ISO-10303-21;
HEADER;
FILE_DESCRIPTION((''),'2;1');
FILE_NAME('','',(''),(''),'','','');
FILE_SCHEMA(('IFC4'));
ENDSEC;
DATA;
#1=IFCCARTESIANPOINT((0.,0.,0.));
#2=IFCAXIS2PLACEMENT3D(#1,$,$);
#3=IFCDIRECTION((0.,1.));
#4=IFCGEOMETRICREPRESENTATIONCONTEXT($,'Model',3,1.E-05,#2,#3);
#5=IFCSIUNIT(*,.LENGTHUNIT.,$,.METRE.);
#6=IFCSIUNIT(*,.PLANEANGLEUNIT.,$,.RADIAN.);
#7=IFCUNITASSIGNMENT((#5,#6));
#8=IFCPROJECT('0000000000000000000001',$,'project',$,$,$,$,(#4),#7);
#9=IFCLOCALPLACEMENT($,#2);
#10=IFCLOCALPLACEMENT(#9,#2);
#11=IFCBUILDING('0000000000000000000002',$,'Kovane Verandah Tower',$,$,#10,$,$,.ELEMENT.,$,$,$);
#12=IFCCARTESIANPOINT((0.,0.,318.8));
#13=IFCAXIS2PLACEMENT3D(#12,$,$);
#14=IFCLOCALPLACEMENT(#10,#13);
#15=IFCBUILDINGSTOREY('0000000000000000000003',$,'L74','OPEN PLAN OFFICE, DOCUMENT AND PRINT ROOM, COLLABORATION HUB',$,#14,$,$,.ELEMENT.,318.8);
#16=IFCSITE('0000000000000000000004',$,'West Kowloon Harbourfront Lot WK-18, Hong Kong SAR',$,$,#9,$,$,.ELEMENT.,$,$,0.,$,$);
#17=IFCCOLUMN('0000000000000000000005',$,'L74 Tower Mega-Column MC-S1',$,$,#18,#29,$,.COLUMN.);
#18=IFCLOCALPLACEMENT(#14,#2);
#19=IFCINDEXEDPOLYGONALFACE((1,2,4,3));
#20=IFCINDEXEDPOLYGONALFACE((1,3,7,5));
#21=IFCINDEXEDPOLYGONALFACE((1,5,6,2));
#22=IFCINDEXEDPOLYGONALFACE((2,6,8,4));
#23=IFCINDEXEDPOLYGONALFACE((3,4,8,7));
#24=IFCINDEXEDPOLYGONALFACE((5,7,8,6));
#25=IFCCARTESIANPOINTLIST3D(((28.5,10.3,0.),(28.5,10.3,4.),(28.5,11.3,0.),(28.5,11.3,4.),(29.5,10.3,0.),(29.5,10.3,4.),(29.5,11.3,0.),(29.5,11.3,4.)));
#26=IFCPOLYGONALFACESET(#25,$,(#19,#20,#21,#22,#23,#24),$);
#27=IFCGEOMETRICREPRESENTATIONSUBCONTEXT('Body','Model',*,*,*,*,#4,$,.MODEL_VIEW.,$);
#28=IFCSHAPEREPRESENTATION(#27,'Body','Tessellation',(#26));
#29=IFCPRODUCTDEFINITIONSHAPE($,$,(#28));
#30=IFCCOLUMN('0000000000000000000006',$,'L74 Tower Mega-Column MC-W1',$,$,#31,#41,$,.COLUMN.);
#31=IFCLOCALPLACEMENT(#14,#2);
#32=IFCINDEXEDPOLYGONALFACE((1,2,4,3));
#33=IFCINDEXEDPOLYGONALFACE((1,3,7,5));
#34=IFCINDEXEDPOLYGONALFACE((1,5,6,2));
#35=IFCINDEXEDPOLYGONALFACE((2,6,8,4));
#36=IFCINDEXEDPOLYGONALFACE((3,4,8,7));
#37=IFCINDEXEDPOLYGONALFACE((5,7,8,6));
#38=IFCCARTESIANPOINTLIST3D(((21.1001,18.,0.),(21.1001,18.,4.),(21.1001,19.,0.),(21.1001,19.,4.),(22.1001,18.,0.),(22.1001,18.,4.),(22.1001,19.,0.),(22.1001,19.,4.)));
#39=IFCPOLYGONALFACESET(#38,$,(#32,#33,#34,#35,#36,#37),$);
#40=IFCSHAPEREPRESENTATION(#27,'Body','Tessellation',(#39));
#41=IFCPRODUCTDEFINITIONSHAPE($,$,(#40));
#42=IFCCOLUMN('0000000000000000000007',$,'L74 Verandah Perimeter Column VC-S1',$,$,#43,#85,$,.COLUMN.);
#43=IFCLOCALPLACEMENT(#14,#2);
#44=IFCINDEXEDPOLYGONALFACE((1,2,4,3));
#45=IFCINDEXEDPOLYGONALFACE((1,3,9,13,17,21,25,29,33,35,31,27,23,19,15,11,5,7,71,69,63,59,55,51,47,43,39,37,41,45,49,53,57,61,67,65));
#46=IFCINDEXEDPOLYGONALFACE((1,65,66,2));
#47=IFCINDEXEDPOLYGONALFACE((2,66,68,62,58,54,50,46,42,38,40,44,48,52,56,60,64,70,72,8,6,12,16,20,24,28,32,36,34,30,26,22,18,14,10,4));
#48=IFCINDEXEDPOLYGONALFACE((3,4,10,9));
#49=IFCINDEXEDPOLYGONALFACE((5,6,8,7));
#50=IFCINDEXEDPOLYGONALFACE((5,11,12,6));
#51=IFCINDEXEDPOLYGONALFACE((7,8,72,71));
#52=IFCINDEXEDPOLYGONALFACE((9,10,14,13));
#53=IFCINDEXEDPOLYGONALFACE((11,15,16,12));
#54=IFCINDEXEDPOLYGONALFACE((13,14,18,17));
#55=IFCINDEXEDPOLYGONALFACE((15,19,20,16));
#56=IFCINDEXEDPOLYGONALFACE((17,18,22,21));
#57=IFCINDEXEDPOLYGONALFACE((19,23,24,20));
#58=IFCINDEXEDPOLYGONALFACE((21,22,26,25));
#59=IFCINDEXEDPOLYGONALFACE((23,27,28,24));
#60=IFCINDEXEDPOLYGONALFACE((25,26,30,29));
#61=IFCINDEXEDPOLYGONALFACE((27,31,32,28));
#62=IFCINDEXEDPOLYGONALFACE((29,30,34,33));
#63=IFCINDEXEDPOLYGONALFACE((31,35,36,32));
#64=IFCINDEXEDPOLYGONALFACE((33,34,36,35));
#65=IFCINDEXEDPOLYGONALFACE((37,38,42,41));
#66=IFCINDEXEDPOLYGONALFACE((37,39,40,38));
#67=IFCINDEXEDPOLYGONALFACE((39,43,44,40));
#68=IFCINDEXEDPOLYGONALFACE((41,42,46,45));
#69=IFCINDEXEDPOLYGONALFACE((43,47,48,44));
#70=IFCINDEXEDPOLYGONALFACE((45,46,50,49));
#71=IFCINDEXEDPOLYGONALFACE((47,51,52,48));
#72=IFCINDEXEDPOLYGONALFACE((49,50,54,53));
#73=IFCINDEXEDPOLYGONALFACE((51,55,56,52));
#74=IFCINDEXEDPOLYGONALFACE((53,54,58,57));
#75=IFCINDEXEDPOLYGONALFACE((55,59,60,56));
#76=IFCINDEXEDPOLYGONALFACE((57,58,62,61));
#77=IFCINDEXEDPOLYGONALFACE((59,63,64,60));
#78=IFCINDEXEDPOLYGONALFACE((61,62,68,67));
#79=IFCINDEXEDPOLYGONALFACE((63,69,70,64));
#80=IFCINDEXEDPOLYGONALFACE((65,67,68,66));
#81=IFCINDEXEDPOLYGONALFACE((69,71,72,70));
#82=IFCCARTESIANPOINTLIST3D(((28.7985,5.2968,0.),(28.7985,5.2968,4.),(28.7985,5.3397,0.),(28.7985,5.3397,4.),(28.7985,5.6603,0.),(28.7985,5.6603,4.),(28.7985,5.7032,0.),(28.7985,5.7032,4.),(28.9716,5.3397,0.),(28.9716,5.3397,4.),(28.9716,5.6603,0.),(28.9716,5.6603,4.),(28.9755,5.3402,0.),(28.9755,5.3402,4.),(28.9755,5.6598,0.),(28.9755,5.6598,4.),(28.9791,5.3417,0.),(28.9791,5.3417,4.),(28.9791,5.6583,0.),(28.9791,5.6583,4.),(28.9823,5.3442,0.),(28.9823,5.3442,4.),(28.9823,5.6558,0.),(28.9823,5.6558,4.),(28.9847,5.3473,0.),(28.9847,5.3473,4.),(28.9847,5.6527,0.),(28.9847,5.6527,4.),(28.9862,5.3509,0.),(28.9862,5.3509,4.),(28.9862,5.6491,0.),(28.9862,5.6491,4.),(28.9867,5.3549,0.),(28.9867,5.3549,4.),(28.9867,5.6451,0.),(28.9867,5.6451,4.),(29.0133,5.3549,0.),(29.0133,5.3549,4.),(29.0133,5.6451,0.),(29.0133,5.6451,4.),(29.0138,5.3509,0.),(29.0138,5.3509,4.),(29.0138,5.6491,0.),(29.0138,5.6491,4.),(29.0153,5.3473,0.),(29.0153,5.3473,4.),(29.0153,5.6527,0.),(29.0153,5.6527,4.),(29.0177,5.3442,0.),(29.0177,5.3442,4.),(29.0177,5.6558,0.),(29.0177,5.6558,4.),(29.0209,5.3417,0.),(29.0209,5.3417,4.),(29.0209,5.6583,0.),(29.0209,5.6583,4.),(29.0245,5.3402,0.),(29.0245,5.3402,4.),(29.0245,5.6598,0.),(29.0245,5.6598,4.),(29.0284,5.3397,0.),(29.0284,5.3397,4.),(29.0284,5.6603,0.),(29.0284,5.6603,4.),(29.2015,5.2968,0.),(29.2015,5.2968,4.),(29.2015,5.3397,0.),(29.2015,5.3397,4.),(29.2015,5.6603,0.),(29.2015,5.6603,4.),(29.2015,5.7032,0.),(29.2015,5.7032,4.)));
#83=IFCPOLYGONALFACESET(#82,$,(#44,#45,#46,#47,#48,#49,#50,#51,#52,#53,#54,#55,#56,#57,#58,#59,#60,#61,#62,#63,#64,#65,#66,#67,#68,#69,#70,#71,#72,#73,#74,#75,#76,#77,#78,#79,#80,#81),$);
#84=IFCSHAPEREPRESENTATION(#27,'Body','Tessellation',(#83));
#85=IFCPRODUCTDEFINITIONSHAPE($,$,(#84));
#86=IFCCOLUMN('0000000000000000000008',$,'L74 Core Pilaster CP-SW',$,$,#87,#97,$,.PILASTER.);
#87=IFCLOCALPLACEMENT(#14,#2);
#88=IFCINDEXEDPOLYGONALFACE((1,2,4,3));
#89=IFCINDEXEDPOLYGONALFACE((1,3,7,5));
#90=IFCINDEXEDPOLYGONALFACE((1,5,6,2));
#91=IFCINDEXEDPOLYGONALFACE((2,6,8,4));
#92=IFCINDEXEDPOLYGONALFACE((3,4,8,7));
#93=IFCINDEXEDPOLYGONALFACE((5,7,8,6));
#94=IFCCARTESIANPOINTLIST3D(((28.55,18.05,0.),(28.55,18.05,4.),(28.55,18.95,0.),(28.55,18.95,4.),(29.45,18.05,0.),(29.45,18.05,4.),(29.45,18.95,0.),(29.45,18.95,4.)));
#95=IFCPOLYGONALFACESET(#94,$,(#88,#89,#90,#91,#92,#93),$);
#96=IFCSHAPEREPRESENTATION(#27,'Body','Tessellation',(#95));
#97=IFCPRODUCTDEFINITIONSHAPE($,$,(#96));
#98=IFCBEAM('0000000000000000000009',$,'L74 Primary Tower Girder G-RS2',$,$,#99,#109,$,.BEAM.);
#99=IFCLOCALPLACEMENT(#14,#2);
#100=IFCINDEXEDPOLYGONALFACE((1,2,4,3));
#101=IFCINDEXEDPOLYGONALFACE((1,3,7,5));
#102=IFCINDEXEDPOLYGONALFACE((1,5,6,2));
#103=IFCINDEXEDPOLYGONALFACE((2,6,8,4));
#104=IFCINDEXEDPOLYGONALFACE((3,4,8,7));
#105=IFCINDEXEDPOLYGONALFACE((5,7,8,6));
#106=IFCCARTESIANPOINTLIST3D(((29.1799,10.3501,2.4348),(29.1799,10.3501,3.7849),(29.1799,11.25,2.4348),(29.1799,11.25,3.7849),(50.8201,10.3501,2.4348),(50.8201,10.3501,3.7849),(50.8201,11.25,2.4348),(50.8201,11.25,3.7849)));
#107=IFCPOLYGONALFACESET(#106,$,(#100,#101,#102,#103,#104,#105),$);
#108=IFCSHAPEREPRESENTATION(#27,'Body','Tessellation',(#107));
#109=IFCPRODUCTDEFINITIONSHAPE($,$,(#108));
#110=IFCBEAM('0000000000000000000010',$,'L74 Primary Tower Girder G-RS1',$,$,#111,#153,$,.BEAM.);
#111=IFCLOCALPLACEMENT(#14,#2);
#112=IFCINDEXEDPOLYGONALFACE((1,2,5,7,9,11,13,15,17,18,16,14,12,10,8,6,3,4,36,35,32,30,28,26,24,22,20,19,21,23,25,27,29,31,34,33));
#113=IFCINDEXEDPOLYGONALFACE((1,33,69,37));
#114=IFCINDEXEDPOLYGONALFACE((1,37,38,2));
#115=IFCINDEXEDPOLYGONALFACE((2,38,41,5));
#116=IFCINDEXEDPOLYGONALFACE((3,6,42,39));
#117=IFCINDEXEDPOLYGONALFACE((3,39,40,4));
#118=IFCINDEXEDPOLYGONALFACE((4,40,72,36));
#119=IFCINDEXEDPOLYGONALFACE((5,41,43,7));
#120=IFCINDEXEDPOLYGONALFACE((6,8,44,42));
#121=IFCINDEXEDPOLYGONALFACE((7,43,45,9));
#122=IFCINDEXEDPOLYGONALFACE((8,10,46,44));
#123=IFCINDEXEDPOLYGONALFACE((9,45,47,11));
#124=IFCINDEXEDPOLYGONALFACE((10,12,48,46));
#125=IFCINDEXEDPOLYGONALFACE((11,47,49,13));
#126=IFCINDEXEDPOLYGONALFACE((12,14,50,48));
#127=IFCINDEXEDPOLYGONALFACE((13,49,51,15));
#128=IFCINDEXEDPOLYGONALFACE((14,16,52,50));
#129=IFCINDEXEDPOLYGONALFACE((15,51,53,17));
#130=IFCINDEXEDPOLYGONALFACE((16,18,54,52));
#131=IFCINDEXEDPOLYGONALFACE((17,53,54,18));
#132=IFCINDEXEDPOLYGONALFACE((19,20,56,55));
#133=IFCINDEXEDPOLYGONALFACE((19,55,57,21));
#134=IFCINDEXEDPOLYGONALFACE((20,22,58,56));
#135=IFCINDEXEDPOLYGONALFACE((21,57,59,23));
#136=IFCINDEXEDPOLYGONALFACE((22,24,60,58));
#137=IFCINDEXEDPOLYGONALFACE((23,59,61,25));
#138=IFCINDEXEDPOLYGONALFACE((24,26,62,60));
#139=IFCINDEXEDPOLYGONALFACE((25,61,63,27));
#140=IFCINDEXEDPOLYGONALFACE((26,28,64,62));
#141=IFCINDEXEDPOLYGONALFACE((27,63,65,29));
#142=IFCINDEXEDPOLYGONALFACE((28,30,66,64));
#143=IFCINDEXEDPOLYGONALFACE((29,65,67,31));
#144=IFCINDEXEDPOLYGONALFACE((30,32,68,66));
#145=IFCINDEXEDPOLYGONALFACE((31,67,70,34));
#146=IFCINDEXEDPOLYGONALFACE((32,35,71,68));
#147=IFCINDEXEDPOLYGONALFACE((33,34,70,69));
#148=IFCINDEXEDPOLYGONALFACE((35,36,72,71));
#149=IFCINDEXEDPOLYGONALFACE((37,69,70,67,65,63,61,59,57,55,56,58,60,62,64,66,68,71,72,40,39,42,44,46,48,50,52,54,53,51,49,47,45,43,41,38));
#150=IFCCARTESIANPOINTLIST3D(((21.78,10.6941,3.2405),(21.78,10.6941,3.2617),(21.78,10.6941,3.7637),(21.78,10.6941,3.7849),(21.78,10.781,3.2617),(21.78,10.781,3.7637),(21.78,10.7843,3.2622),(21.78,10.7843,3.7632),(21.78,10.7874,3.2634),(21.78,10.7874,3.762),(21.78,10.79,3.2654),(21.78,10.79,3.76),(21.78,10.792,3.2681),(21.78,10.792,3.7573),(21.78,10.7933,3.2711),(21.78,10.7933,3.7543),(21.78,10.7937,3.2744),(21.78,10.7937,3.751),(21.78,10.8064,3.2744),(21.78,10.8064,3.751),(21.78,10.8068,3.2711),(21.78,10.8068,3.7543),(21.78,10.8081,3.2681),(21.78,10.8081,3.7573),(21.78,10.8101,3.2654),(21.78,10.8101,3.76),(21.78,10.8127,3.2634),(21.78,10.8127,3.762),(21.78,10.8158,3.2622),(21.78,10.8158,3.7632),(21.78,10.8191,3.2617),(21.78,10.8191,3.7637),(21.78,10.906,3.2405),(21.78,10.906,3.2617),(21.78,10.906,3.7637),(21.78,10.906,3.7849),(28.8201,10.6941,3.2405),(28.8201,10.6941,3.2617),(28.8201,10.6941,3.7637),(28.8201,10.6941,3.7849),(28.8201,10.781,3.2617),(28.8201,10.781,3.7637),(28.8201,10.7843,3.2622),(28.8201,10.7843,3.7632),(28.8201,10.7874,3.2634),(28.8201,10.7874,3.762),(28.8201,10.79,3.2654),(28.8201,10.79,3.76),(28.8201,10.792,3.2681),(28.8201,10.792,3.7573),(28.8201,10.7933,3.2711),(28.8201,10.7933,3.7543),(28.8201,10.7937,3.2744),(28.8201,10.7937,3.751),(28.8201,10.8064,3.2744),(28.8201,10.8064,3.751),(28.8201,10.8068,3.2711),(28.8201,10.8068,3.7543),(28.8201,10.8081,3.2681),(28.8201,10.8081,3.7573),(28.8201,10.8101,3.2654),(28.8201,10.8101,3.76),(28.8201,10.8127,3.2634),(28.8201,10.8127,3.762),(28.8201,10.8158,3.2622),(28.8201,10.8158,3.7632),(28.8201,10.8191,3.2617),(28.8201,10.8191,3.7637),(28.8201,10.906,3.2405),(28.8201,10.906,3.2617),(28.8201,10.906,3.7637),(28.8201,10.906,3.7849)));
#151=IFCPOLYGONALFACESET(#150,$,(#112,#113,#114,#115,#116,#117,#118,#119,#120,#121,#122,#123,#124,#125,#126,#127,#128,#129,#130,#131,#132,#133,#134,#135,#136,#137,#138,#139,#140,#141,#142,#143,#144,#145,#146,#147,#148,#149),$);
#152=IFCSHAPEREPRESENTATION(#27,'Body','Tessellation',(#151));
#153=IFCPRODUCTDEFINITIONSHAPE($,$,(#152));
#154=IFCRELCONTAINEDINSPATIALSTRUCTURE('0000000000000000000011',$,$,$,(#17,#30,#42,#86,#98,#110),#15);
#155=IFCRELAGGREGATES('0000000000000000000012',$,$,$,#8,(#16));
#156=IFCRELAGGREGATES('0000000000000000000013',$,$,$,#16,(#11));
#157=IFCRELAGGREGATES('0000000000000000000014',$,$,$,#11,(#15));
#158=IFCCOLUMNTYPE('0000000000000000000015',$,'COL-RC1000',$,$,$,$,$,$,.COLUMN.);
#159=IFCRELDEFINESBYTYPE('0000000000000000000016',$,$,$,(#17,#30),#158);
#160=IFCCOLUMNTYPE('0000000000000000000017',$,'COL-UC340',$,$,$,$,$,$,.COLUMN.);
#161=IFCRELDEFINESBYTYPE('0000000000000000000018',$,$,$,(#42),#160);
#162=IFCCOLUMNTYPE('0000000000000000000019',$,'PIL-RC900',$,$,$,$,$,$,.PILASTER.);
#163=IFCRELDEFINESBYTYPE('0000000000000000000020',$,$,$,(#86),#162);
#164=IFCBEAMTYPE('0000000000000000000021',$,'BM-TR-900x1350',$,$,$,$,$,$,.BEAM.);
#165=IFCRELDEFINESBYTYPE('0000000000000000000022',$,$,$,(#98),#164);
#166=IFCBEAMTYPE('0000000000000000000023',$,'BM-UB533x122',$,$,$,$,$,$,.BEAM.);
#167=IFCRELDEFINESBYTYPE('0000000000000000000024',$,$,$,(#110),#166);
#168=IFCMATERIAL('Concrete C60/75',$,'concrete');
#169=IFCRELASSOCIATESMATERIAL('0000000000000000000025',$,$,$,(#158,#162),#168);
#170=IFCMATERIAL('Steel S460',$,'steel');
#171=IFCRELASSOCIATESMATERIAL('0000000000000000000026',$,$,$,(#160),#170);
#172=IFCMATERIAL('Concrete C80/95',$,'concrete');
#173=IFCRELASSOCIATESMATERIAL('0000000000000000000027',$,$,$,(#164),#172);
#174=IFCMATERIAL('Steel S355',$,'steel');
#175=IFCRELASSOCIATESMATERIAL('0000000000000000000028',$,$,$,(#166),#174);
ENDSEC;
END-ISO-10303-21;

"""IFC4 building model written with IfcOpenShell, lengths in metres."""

from ifc_helpers import new_model, si_unit, direction, frame, origin, origin_2d, place, context, subcontext, project, spatial, rectangle, i_section, extrude, material, material_profile, profile_set, type_object, element, save


model = new_model("IFC4")

# Units and contexts
model_context = context("Model", 3, precision=1e-05, world=origin(), true_north=direction((0.0, 1.0)))
body_context = subcontext(model_context, "Body", "Model", "MODEL_VIEW")
ifc_project = project(units=[si_unit("LENGTHUNIT", "METRE"), si_unit("PLANEANGLEUNIT", "RADIAN")], contexts=[model_context])

# Site, building, storey
site_placement = place(None, origin())
site = spatial("IfcSite", under=ifc_project, at=site_placement, Name="West Kowloon Harbourfront Lot WK-18, Hong Kong SAR", CompositionType="ELEMENT", RefElevation=0.0)
building_placement = place(site_placement, origin())
building = spatial("IfcBuilding", under=site, at=building_placement, Name="Kovane Verandah Tower", CompositionType="ELEMENT")
storey_placement = place(building_placement, frame((0.0, 0.0, 318.8)))
storey = spatial("IfcBuildingStorey", under=building, at=storey_placement, Name="L74", Description="OPEN PLAN OFFICE, DOCUMENT AND PRINT ROOM, COLLABORATION HUB", CompositionType="ELEMENT", Elevation=318.8)

# Columns
ifc_material_1 = material(Name="Concrete C60/75", Category="concrete")
ifc_material_profile_1 = material_profile(ifc_material_1, rectangle(XDim=1.0, YDim=1.0, at=origin_2d()), Name="RC1000x1000")
ifc_profile_set_1 = profile_set([ifc_material_profile_1], Name="Concrete C60/75")
column_type_1 = type_object("IfcColumnType", Name="COL-RC1000", PredefinedType="COLUMN", material=ifc_profile_set_1)
for number, where, z_axis, x_axis, name in (
    (1, (29.0, 10.8, 0.0), (0.0, 0.0, 1.0), (1.0, 0.0, 0.0), "L74 Tower Mega-Column MC-S1"),
    (2, (21.6001, 18.5, 0.0), (0.0, 0.0, 1.0), (1.0, 0.0, 0.0), "L74 Tower Mega-Column MC-W1"),
):
    element("IfcColumn", number, at=place(storey_placement, frame(where, z_axis=z_axis, x_axis=x_axis)), inside=storey, type_object=column_type_1, Name=name, PredefinedType="COLUMN", context=body_context, shape_type="SweptSolid", body=[
        extrude(rectangle(XDim=1.0, YDim=1.0, at=origin_2d()), origin(), (0.0, 0.0, 1.0), 4.0),
    ])
ifc_material_2 = material(Name="Steel S460", Category="steel")
ifc_material_profile_2 = material_profile(ifc_material_2, i_section(OverallWidth=0.4031, OverallDepth=0.4065, WebThickness=0.0266, FlangeThickness=0.043, FilletRadius=0.0151, at=origin_2d()), Name="UC356x406x340")
ifc_profile_set_2 = profile_set([ifc_material_profile_2], Name="Steel S460")
column_type_2 = type_object("IfcColumnType", Name="COL-UC340", PredefinedType="COLUMN", material=ifc_profile_set_2)
column_1_placement = place(storey_placement, frame((29.0, 5.5, 0.0), z_axis=(0.0, 0.0, 1.0), x_axis=(1.0, 0.0, 0.0)))
element("IfcColumn", 3, at=column_1_placement, inside=storey, type_object=column_type_2, Name="L74 Verandah Perimeter Column VC-S1", PredefinedType="COLUMN", context=body_context, shape_type="SweptSolid", body=[
    extrude(i_section(OverallWidth=0.4031, OverallDepth=0.4065, WebThickness=0.0266, FlangeThickness=0.043, FilletRadius=0.0151, at=origin_2d()), origin(), (0.0, 0.0, 1.0), 4.0),
])
ifc_material_profile_3 = material_profile(ifc_material_1, rectangle(XDim=0.8999, YDim=0.8999, at=origin_2d()), Name="RC900x900")
ifc_profile_set_3 = profile_set([ifc_material_profile_3], Name="Concrete C60/75")
column_type_3 = type_object("IfcColumnType", Name="PIL-RC900", PredefinedType="PILASTER", material=ifc_profile_set_3)
column_2_placement = place(storey_placement, frame((29.0, 18.5, 0.0), z_axis=(0.0, 0.0, 1.0), x_axis=(1.0, 0.0, 0.0)))
element("IfcColumn", 4, at=column_2_placement, inside=storey, type_object=column_type_3, Name="L74 Core Pilaster CP-SW", PredefinedType="PILASTER", context=body_context, shape_type="SweptSolid", body=[
    extrude(rectangle(XDim=0.8999, YDim=0.8999, at=origin_2d()), origin(), (0.0, 0.0, 1.0), 4.0),
])

# Beams
ifc_material_3 = material(Name="Concrete C80/95", Category="concrete")
ifc_material_profile_4 = material_profile(ifc_material_3, rectangle(XDim=0.8999, YDim=1.3501, at=origin_2d()), Name="RCB900x1350")
ifc_profile_set_4 = profile_set([ifc_material_profile_4], Name="Concrete C80/95")
beam_type_1 = type_object("IfcBeamType", Name="BM-TR-900x1350", PredefinedType="BEAM", material=ifc_profile_set_4)
beam_1_placement = place(storey_placement, frame((29.1799, 10.8, 3.1099), z_axis=(1.0, 0.0, 0.0), x_axis=(0.0, 1.0, 0.0)))
element("IfcBeam", 5, at=beam_1_placement, inside=storey, type_object=beam_type_1, Name="L74 Primary Tower Girder G-RS2", PredefinedType="BEAM", context=body_context, shape_type="SweptSolid", body=[
    extrude(rectangle(XDim=0.8999, YDim=1.3501, at=origin_2d()), origin(), (0.0, 0.0, 1.0), 21.6401),
])
ifc_material_4 = material(Name="Steel S355", Category="steel")
ifc_material_profile_5 = material_profile(ifc_material_4, i_section(OverallWidth=0.2119, OverallDepth=0.5444, WebThickness=0.0127, FlangeThickness=0.0212, FilletRadius=0.0127, at=origin_2d()), Name="UB533x210x122")
ifc_profile_set_5 = profile_set([ifc_material_profile_5], Name="Steel S355")
beam_type_2 = type_object("IfcBeamType", Name="BM-UB533x122", PredefinedType="BEAM", material=ifc_profile_set_5)
beam_2_placement = place(storey_placement, frame((21.78, 10.8, 3.5127), z_axis=(1.0, 0.0, 0.0), x_axis=(0.0, 1.0, 0.0)))
element("IfcBeam", 6, at=beam_2_placement, inside=storey, type_object=beam_type_2, Name="L74 Primary Tower Girder G-RS1", PredefinedType="BEAM", context=body_context, shape_type="SweptSolid", body=[
    extrude(i_section(OverallWidth=0.2119, OverallDepth=0.5444, WebThickness=0.0127, FlangeThickness=0.0212, FilletRadius=0.0127, at=origin_2d()), origin(), (0.0, 0.0, 1.0), 7.04),
])

save(model, "model.ifc")
